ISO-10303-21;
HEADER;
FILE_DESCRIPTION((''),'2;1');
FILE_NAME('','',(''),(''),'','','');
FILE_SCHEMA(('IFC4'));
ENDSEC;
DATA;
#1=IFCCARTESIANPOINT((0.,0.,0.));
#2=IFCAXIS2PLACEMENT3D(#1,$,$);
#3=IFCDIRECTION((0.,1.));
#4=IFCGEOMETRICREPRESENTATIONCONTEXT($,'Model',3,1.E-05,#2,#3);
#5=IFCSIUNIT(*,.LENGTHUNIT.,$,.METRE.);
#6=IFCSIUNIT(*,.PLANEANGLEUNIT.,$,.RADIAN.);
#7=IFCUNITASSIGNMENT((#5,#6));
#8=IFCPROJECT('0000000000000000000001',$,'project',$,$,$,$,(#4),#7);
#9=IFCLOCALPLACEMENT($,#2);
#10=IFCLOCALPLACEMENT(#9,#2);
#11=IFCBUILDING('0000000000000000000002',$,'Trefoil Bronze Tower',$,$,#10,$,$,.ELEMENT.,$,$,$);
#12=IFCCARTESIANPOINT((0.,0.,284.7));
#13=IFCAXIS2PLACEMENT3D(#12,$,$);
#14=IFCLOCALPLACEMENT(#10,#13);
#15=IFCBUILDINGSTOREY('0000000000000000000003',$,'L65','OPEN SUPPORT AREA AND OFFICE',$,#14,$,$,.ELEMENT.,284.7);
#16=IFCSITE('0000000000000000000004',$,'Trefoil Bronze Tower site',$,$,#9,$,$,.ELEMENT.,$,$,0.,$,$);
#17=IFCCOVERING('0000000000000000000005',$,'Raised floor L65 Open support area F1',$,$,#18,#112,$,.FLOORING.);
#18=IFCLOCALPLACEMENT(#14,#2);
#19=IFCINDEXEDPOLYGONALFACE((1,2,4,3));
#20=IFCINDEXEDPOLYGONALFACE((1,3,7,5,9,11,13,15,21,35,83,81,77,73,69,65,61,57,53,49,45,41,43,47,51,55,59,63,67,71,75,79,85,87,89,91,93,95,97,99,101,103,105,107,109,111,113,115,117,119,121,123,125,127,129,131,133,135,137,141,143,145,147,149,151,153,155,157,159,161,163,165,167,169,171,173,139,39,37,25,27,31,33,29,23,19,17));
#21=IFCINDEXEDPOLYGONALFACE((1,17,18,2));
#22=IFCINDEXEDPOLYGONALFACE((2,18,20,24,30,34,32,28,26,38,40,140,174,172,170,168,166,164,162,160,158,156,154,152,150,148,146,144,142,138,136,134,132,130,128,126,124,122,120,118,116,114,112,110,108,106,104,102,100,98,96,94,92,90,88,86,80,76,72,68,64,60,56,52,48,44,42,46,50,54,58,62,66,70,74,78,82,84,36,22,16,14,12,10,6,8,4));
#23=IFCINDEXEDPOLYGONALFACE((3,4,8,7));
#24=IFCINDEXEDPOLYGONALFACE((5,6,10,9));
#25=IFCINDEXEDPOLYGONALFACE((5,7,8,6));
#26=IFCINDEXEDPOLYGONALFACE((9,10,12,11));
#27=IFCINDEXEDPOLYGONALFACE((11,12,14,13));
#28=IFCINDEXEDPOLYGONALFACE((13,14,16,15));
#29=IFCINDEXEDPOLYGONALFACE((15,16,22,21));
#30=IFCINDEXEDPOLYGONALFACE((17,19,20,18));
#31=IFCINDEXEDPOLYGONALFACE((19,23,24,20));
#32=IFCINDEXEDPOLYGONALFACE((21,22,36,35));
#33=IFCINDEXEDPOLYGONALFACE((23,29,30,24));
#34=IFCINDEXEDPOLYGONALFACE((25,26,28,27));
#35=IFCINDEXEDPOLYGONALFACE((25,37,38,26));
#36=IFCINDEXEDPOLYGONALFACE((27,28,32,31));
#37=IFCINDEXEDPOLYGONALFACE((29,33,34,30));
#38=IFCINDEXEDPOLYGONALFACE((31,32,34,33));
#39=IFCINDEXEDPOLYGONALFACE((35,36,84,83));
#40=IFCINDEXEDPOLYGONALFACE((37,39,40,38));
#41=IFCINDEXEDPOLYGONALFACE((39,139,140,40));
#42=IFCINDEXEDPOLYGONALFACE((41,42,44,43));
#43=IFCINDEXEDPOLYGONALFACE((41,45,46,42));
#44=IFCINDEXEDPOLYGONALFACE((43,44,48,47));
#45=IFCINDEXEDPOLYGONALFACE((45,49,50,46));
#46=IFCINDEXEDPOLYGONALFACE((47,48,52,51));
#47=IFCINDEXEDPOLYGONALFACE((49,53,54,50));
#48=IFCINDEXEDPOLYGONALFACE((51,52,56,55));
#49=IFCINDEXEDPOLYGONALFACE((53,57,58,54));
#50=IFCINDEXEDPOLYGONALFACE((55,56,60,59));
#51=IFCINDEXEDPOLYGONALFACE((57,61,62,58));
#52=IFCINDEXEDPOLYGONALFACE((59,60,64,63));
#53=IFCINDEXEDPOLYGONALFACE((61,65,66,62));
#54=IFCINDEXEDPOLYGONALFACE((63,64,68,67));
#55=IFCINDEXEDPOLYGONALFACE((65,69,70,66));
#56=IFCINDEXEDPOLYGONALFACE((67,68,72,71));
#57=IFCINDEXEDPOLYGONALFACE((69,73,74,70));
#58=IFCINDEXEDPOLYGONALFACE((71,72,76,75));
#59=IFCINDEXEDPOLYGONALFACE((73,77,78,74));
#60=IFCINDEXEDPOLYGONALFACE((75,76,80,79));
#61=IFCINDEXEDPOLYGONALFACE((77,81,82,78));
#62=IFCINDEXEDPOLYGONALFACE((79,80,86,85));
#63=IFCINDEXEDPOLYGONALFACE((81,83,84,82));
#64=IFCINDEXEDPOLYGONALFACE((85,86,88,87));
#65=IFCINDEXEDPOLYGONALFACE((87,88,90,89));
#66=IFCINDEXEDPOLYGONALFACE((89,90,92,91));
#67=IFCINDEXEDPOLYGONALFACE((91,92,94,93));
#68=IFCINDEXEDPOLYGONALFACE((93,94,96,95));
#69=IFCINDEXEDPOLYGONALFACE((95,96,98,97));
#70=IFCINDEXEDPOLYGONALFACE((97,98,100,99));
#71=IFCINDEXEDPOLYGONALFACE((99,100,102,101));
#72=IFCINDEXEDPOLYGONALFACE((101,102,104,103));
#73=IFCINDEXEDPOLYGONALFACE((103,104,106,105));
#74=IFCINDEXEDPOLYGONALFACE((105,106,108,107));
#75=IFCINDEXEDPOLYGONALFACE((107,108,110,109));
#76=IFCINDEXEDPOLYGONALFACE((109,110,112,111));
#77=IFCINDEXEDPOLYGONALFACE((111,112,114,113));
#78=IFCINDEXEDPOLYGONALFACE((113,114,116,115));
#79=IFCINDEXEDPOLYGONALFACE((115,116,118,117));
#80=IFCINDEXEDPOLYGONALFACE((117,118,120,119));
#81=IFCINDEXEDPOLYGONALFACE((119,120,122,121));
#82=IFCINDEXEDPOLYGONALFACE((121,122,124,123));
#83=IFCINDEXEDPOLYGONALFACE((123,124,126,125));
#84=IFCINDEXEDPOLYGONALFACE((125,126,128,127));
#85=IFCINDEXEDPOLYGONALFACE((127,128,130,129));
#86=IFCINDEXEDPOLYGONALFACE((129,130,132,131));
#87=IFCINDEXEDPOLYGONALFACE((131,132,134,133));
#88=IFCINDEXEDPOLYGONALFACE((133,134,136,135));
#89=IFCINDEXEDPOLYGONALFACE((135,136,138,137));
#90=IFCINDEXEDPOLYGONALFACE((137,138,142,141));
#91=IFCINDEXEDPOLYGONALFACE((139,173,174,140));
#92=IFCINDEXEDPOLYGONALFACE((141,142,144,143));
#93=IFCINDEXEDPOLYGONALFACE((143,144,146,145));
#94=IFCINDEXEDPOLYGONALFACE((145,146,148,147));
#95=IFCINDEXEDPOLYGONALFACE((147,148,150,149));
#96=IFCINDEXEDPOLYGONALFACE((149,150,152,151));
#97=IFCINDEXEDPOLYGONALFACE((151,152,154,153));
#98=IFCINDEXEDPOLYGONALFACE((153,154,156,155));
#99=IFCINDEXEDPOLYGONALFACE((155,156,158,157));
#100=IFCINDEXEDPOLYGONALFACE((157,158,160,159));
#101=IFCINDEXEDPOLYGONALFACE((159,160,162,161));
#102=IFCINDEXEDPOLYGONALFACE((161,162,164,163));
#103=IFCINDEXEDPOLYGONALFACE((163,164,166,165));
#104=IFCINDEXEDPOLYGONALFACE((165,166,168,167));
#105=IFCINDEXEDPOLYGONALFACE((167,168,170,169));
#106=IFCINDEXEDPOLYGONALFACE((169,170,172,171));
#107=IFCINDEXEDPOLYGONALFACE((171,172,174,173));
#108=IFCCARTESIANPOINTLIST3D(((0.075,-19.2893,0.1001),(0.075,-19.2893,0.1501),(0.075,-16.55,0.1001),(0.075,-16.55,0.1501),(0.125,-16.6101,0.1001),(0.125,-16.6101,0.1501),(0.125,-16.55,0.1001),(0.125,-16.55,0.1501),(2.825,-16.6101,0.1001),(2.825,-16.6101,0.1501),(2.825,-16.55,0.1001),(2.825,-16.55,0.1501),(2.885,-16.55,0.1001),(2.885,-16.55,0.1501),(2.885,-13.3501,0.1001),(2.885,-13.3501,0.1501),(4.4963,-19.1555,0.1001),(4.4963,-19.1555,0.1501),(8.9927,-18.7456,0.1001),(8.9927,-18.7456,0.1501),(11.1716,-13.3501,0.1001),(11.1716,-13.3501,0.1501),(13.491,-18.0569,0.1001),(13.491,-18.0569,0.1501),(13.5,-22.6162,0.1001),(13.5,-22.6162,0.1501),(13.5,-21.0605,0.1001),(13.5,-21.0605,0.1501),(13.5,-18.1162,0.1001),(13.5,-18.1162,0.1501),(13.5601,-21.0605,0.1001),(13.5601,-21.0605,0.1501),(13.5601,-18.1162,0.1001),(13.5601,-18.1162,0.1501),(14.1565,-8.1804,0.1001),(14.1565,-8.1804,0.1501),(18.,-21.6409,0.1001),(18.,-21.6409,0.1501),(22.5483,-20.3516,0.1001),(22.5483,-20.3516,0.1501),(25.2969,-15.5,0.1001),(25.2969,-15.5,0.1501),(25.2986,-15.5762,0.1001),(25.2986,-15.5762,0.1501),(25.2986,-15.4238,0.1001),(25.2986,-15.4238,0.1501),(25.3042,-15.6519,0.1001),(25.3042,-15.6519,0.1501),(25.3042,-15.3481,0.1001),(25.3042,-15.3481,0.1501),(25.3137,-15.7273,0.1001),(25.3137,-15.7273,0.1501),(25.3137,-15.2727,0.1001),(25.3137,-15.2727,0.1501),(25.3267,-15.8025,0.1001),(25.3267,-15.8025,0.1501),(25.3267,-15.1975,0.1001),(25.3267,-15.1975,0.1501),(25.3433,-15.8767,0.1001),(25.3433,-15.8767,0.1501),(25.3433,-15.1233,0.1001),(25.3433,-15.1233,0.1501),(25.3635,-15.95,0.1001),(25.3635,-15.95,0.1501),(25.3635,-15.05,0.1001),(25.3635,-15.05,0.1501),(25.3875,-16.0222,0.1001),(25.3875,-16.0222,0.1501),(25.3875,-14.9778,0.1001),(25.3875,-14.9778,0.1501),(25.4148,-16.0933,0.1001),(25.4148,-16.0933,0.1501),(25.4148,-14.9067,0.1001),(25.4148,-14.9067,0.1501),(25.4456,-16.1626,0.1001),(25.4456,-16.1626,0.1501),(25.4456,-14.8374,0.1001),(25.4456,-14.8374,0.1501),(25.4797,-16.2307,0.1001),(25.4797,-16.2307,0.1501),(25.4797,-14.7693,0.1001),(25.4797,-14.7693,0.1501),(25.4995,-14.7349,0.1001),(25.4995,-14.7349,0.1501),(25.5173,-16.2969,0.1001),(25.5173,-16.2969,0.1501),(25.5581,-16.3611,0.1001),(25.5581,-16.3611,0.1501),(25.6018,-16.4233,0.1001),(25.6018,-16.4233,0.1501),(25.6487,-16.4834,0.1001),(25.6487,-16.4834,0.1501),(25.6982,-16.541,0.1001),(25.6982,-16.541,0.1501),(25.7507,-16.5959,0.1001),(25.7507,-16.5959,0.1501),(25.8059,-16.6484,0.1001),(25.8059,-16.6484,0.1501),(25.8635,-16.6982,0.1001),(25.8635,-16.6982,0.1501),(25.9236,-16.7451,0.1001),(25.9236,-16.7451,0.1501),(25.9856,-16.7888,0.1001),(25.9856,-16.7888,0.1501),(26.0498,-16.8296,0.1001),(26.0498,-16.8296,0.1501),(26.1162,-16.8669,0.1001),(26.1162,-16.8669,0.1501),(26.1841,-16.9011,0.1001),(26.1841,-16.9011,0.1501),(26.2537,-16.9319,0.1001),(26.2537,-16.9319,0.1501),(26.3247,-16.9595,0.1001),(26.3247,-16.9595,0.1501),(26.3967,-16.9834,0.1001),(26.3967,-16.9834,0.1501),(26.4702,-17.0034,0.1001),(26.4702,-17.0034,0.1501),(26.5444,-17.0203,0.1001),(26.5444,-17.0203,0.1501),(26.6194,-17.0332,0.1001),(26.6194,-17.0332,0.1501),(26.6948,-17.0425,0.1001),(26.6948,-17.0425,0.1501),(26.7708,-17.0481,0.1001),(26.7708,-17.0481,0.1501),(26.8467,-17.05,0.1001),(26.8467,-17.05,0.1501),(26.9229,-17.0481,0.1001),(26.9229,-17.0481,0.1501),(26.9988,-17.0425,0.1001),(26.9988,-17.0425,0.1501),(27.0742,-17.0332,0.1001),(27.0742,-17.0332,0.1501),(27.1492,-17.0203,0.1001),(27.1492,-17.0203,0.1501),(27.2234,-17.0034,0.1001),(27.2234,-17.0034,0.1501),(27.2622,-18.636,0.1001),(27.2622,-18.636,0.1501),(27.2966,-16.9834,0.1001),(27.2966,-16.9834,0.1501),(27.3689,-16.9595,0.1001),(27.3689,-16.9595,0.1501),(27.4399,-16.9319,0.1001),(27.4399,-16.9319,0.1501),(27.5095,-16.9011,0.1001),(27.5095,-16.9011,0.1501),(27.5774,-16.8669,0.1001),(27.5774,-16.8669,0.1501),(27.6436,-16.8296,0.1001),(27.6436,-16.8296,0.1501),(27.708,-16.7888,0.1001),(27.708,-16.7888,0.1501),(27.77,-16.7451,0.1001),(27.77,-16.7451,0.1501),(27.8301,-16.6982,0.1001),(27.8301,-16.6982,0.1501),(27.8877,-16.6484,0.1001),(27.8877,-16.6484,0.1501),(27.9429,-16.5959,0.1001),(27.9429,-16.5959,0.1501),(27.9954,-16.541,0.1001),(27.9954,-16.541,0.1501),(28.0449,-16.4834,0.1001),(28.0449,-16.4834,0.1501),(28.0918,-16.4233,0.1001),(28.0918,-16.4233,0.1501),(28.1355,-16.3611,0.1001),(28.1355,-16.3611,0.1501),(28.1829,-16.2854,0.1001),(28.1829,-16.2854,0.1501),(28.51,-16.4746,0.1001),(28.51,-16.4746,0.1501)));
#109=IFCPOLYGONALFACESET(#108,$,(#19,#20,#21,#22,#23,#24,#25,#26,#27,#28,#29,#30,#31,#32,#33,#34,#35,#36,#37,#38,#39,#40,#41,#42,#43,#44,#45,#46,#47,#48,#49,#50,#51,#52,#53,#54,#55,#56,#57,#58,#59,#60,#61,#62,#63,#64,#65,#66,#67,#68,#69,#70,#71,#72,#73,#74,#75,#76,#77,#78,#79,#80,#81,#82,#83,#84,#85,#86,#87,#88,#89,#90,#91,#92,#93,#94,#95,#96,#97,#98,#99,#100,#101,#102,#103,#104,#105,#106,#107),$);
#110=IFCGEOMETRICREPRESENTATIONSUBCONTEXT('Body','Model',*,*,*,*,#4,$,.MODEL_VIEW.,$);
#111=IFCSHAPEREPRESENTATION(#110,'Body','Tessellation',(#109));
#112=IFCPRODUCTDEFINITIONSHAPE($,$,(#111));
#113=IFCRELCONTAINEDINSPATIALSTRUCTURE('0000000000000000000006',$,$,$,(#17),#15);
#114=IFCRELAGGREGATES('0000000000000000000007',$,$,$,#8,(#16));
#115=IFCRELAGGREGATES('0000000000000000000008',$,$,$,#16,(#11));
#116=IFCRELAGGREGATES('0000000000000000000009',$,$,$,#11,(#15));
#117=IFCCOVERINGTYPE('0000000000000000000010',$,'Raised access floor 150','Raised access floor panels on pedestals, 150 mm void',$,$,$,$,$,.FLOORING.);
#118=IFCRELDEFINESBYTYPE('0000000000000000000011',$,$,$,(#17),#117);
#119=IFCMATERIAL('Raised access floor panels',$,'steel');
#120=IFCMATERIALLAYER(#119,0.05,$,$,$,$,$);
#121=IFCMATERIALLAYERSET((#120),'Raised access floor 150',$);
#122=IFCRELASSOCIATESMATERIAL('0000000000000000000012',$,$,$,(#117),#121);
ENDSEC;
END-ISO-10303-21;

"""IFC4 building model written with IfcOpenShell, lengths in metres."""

from ifc_helpers import new_model, si_unit, direction, frame, origin, place, context, subcontext, project, spatial, polyline, outline, extrude, material, layer, layer_set, type_object, element, save


model = new_model("IFC4")

# Units and contexts
model_context = context("Model", 3, precision=1e-05, world=origin(), true_north=direction((0.0, 1.0)))
body_context = subcontext(model_context, "Body", "Model", "MODEL_VIEW")
ifc_project = project(units=[si_unit("LENGTHUNIT", "METRE"), si_unit("PLANEANGLEUNIT", "RADIAN")], contexts=[model_context])

# Site, building, storey
site_placement = place(None, origin())
site = spatial("IfcSite", under=ifc_project, at=site_placement, Name="Trefoil Bronze Tower site", CompositionType="ELEMENT", RefElevation=0.0)
building_placement = place(site_placement, origin())
building = spatial("IfcBuilding", under=site, at=building_placement, Name="Trefoil Bronze Tower", CompositionType="ELEMENT")
storey_placement = place(building_placement, frame((0.0, 0.0, 284.7)))
storey = spatial("IfcBuildingStorey", under=building, at=storey_placement, Name="L65", Description="OPEN SUPPORT AREA AND OFFICE", CompositionType="ELEMENT", Elevation=284.7)

# Covering
ifc_material_1 = material(Name="Raised access floor panels", Category="steel")
ifc_layer_1 = layer(ifc_material_1, 0.05)
ifc_layer_set_1 = layer_set([ifc_layer_1], Name="Raised access floor 150")
covering_type_1 = type_object("IfcCoveringType", Name="Raised access floor 150", Description="Raised access floor panels on pedestals, 150 mm void", PredefinedType="FLOORING", material=ifc_layer_set_1)
covering_1_placement = place(storey_placement, frame((0.0, 0.0, 0.1001)))
element("IfcCovering", 1, at=covering_1_placement, inside=storey, type_object=covering_type_1, Name="Raised floor L65 Open support area F1", PredefinedType="FLOORING", context=body_context, shape_type="SweptSolid", body=[
    extrude(outline(polyline([(13.5, -21.0605), (13.5601, -21.0605), (13.5601, -18.1162), (13.5, -18.1162), (13.491, -18.0569), (8.9927, -18.7456), (4.4963, -19.1555), (0.075, -19.2893), (0.075, -16.55), (0.125, -16.55), (0.125, -16.6101), (2.825, -16.6101), (2.825, -16.55), (2.885, -16.55), (2.885, -13.3501), (11.1716, -13.3501), (14.1565, -8.1804), (25.4995, -14.7349), (25.4797, -14.7693), (25.4456, -14.8374), (25.4148, -14.9067), (25.3875, -14.9778), (25.3635, -15.05), (25.3433, -15.1233), (25.3267, -15.1975), (25.3137, -15.2727), (25.3042, -15.3481), (25.2986, -15.4238), (25.2969, -15.5), (25.2986, -15.5762), (25.3042, -15.6519), (25.3137, -15.7273), (25.3267, -15.8025), (25.3433, -15.8767), (25.3635, -15.95), (25.3875, -16.0222), (25.4148, -16.0933), (25.4456, -16.1626), (25.4797, -16.2307), (25.5173, -16.2969), (25.5581, -16.3611), (25.6018, -16.4233), (25.6487, -16.4834), (25.6982, -16.541), (25.7507, -16.5959), (25.8059, -16.6484), (25.8635, -16.6982), (25.9236, -16.7451), (25.9856, -16.7888), (26.0498, -16.8296), (26.1162, -16.8669), (26.1841, -16.9011), (26.2537, -16.9319), (26.3247, -16.9595), (26.3967, -16.9834), (26.4702, -17.0034), (26.5444, -17.0203), (26.6194, -17.0332), (26.6948, -17.0425), (26.7708, -17.0481), (26.8467, -17.05), (26.9229, -17.0481), (26.9988, -17.0425), (27.0742, -17.0332), (27.1492, -17.0203), (27.2234, -17.0034), (27.2966, -16.9834), (27.3689, -16.9595), (27.4399, -16.9319), (27.5095, -16.9011), (27.5774, -16.8669), (27.6436, -16.8296), (27.708, -16.7888), (27.77, -16.7451), (27.8301, -16.6982), (27.8877, -16.6484), (27.9429, -16.5959), (27.9954, -16.541), (28.0449, -16.4834), (28.0918, -16.4233), (28.1355, -16.3611), (28.1829, -16.2854), (28.51, -16.4746), (27.2622, -18.636), (22.5483, -20.3516), (18.0, -21.6409), (13.5, -22.6162), (13.5, -21.0605)])), origin(), (0.0, 0.0, 1.0), 0.05),
])

save(model, "model.ifc")
